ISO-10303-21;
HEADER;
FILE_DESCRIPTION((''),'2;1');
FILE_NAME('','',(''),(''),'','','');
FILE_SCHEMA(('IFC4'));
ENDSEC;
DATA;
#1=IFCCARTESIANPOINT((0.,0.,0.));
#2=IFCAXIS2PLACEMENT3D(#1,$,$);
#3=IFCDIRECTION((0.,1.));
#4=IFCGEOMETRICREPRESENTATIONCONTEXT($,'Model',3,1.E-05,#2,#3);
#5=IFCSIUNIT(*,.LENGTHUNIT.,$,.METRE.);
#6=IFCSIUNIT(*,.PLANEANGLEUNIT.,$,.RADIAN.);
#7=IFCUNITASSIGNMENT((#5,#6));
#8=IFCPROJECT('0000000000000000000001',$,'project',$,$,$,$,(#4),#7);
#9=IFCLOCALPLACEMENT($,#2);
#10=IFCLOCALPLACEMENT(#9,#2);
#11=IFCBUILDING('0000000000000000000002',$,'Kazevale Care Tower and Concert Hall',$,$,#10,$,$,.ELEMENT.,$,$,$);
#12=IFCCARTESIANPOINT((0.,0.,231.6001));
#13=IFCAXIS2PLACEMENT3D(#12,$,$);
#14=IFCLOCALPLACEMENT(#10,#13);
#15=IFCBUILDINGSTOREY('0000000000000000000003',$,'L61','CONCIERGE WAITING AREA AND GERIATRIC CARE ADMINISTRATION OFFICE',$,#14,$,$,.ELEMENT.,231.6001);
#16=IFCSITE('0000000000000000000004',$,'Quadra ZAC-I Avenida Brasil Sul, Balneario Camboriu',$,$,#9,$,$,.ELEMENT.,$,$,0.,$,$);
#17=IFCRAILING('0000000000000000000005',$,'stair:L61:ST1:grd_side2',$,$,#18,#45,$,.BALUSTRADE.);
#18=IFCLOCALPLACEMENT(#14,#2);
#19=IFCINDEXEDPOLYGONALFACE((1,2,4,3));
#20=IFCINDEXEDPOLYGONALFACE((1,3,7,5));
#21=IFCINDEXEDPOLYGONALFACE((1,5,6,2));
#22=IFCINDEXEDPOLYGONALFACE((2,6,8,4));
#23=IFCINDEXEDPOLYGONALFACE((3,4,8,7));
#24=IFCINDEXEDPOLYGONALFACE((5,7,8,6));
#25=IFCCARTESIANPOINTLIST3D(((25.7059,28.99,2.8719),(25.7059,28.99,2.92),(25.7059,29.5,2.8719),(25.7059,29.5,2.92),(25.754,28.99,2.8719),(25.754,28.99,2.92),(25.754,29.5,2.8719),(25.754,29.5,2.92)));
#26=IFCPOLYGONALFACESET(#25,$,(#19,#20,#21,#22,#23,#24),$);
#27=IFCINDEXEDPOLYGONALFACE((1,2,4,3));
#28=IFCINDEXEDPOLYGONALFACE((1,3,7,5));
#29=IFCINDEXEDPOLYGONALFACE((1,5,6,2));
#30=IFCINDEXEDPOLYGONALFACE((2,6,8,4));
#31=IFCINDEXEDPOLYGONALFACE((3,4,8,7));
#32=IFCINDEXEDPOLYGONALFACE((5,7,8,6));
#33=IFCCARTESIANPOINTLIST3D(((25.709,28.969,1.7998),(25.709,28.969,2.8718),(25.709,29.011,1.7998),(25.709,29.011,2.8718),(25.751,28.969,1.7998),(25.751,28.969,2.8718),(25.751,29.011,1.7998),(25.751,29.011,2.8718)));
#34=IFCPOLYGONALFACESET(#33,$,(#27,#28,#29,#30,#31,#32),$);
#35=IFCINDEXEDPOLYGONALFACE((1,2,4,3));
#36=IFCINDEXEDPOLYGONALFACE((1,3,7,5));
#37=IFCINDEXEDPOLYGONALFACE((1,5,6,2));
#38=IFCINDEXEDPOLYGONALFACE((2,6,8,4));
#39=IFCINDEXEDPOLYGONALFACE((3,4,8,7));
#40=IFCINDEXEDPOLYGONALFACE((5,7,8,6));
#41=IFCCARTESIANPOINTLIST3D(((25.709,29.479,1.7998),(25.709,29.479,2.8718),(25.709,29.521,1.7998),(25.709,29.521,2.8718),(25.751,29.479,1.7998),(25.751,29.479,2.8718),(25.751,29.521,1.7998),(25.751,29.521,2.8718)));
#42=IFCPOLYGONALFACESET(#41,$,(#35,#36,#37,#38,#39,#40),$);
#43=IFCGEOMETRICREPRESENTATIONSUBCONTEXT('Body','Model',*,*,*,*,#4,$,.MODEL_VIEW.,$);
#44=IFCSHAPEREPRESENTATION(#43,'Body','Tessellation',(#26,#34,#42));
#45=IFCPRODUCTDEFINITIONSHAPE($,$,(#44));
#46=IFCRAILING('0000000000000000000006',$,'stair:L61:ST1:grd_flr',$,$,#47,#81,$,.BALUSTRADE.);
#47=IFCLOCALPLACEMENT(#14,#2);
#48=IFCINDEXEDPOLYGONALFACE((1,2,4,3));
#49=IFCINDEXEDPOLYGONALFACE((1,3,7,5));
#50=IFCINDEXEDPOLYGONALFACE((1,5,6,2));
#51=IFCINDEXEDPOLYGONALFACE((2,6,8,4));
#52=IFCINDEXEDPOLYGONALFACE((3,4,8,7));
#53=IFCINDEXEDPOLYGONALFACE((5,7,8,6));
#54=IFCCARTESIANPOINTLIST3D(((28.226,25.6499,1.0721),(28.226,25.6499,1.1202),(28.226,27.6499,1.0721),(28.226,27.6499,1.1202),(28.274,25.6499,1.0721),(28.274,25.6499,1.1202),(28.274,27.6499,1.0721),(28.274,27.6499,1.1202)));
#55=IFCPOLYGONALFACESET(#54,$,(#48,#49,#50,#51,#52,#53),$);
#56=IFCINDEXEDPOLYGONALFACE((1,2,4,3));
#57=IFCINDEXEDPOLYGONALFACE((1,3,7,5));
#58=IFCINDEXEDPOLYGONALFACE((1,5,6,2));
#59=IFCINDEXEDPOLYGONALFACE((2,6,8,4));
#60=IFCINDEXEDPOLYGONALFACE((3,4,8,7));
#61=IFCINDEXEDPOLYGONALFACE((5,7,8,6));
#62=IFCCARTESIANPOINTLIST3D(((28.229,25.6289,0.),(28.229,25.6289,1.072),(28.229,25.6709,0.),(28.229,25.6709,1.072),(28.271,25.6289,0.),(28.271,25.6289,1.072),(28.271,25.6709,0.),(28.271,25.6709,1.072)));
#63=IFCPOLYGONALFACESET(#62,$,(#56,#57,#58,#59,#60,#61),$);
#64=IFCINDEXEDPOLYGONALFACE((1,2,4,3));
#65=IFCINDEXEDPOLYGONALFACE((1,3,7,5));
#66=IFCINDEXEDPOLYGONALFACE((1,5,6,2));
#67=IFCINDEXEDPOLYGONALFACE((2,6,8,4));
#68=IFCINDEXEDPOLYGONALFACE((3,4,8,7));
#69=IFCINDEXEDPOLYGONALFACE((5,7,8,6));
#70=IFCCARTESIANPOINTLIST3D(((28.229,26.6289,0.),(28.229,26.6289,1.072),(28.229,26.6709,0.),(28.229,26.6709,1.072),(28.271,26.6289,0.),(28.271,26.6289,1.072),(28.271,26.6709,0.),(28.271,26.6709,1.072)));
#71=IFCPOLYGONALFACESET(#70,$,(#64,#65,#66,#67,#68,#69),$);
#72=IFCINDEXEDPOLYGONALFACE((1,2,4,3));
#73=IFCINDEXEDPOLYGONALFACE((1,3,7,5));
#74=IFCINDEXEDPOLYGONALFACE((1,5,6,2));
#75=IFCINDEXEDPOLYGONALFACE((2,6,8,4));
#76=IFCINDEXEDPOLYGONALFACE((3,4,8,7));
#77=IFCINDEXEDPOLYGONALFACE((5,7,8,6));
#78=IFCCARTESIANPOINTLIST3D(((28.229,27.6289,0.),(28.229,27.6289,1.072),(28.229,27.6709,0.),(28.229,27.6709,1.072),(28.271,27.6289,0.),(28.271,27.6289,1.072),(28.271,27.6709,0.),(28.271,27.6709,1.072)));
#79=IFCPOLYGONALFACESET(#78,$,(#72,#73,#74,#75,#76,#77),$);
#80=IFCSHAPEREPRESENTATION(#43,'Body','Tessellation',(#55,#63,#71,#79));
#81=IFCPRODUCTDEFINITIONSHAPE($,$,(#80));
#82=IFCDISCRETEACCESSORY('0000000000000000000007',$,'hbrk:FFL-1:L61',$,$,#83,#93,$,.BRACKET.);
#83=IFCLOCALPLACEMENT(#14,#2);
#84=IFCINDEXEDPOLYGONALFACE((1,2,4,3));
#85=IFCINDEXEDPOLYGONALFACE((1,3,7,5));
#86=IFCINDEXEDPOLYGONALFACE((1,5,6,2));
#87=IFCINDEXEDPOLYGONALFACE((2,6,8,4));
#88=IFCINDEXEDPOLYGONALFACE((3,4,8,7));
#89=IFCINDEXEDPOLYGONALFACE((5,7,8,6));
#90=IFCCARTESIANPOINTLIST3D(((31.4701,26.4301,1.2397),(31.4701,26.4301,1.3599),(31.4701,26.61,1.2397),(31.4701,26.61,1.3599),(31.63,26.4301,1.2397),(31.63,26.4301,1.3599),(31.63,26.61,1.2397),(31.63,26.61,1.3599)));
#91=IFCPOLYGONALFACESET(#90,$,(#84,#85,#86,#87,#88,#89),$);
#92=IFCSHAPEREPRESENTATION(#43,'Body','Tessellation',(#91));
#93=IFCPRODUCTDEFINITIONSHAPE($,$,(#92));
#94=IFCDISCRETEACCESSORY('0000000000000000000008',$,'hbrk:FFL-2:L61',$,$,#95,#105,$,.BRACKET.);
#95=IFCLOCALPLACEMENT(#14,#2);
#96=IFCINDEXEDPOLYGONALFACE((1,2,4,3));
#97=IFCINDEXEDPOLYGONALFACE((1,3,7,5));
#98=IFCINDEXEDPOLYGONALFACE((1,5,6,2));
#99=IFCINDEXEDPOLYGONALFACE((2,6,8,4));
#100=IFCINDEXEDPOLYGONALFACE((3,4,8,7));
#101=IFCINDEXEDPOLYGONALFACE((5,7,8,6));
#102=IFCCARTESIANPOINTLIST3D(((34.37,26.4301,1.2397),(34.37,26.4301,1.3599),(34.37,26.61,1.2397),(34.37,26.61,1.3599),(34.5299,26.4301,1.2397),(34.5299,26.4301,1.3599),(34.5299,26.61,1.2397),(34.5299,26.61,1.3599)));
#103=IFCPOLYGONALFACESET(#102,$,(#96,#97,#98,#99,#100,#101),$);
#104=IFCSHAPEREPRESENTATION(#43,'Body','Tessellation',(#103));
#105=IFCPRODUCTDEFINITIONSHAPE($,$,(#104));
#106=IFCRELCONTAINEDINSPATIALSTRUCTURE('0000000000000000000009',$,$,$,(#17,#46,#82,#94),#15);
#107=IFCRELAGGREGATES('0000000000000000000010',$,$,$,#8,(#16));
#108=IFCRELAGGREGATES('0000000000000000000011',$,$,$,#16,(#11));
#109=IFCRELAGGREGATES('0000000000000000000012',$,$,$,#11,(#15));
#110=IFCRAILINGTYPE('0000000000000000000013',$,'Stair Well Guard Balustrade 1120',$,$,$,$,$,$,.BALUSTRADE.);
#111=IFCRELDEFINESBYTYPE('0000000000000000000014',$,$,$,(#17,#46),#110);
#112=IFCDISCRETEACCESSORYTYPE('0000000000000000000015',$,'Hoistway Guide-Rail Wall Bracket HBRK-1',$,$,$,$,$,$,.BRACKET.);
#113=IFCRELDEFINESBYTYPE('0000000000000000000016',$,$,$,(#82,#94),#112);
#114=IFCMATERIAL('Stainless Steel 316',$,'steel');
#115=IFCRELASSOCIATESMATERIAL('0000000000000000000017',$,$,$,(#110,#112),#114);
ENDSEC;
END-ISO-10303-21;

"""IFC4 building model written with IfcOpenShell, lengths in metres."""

from ifc_helpers import new_model, si_unit, direction, frame, origin, origin_2d, place, context, subcontext, project, spatial, rectangle, extrude, material, type_object, element, save


model = new_model("IFC4")

# Units and contexts
model_context = context("Model", 3, precision=1e-05, world=origin(), true_north=direction((0.0, 1.0)))
body_context = subcontext(model_context, "Body", "Model", "MODEL_VIEW")
ifc_project = project(units=[si_unit("LENGTHUNIT", "METRE"), si_unit("PLANEANGLEUNIT", "RADIAN")], contexts=[model_context])

# Site, building, storey
site_placement = place(None, origin())
site = spatial("IfcSite", under=ifc_project, at=site_placement, Name="Quadra ZAC-I Avenida Brasil Sul, Balneario Camboriu", CompositionType="ELEMENT", RefElevation=0.0)
building_placement = place(site_placement, origin())
building = spatial("IfcBuilding", under=site, at=building_placement, Name="Kazevale Care Tower and Concert Hall", CompositionType="ELEMENT")
storey_placement = place(building_placement, frame((0.0, 0.0, 231.6001)))
storey = spatial("IfcBuildingStorey", under=building, at=storey_placement, Name="L61", Description="CONCIERGE WAITING AREA AND GERIATRIC CARE ADMINISTRATION OFFICE", CompositionType="ELEMENT", Elevation=231.6001)

# Shared definitions
ifc_material_1 = material(Name="Stainless Steel 316", Category="steel")

# Railings
railing_type_1 = type_object("IfcRailingType", Name="Stair Well Guard Balustrade 1120", PredefinedType="BALUSTRADE", material=ifc_material_1)
railing_1_placement = place(storey_placement, frame((25.73, 28.99, 1.7998)))
element("IfcRailing", 1, at=railing_1_placement, inside=storey, type_object=railing_type_1, Name="stair:L61:ST1:grd_side2", PredefinedType="BALUSTRADE", context=body_context, shape_type="SweptSolid", body=[
    extrude(rectangle(XDim=0.0481, YDim=0.0481, at=origin_2d()), frame((0.0, 0.0, 1.0962), z_axis=(0.0, 1.0, 0.0), x_axis=(-1.0, 0.0, 0.0)), (0.0, 0.0, 1.0), 0.51),
    extrude(rectangle(XDim=0.042, YDim=0.042, at=origin_2d()), origin(), (0.0, 0.0, 1.0), 1.072),
    extrude(rectangle(XDim=0.042, YDim=0.042, at=origin_2d()), frame((0.0, 0.51, 0.0)), (0.0, 0.0, 1.0), 1.072),
])
railing_2_placement = place(storey_placement, frame((28.25, 25.6499, 0.0)))
element("IfcRailing", 2, at=railing_2_placement, inside=storey, type_object=railing_type_1, Name="stair:L61:ST1:grd_flr", PredefinedType="BALUSTRADE", context=body_context, shape_type="SweptSolid", body=[
    extrude(rectangle(XDim=0.0481, YDim=0.0481, at=origin_2d()), frame((0.0, 0.0, 1.0962), z_axis=(0.0, 1.0, 0.0), x_axis=(-1.0, 0.0, 0.0)), (0.0, 0.0, 1.0), 2.0),
    extrude(rectangle(XDim=0.042, YDim=0.042, at=origin_2d()), origin(), (0.0, 0.0, 1.0), 1.072),
    extrude(rectangle(XDim=0.042, YDim=0.042, at=origin_2d()), frame((0.0, 1.0, 0.0)), (0.0, 0.0, 1.0), 1.072),
    extrude(rectangle(XDim=0.042, YDim=0.042, at=origin_2d()), frame((0.0, 2.0, 0.0)), (0.0, 0.0, 1.0), 1.072),
])

# Discrete accessories
discrete_accessory_type = type_object("IfcDiscreteAccessoryType", Name="Hoistway Guide-Rail Wall Bracket HBRK-1", PredefinedType="BRACKET", material=ifc_material_1)
for number, where, z_axis, x_axis, name in (
    (3, (31.55, 26.52, 1.2397), (0.0, 0.0, 1.0), (1.0, 0.0, 0.0), "hbrk:FFL-1:L61"),
    (4, (34.45, 26.52, 1.2397), (0.0, 0.0, 1.0), (1.0, 0.0, 0.0), "hbrk:FFL-2:L61"),
):
    element("IfcDiscreteAccessory", number, at=place(storey_placement, frame(where, z_axis=z_axis, x_axis=x_axis)), inside=storey, type_object=discrete_accessory_type, Name=name, PredefinedType="BRACKET", context=body_context, shape_type="SweptSolid", body=[
        extrude(rectangle(XDim=0.1599, YDim=0.1799, at=origin_2d()), origin(), (0.0, 0.0, 1.0), 0.1201),
    ])

save(model, "model.ifc")
